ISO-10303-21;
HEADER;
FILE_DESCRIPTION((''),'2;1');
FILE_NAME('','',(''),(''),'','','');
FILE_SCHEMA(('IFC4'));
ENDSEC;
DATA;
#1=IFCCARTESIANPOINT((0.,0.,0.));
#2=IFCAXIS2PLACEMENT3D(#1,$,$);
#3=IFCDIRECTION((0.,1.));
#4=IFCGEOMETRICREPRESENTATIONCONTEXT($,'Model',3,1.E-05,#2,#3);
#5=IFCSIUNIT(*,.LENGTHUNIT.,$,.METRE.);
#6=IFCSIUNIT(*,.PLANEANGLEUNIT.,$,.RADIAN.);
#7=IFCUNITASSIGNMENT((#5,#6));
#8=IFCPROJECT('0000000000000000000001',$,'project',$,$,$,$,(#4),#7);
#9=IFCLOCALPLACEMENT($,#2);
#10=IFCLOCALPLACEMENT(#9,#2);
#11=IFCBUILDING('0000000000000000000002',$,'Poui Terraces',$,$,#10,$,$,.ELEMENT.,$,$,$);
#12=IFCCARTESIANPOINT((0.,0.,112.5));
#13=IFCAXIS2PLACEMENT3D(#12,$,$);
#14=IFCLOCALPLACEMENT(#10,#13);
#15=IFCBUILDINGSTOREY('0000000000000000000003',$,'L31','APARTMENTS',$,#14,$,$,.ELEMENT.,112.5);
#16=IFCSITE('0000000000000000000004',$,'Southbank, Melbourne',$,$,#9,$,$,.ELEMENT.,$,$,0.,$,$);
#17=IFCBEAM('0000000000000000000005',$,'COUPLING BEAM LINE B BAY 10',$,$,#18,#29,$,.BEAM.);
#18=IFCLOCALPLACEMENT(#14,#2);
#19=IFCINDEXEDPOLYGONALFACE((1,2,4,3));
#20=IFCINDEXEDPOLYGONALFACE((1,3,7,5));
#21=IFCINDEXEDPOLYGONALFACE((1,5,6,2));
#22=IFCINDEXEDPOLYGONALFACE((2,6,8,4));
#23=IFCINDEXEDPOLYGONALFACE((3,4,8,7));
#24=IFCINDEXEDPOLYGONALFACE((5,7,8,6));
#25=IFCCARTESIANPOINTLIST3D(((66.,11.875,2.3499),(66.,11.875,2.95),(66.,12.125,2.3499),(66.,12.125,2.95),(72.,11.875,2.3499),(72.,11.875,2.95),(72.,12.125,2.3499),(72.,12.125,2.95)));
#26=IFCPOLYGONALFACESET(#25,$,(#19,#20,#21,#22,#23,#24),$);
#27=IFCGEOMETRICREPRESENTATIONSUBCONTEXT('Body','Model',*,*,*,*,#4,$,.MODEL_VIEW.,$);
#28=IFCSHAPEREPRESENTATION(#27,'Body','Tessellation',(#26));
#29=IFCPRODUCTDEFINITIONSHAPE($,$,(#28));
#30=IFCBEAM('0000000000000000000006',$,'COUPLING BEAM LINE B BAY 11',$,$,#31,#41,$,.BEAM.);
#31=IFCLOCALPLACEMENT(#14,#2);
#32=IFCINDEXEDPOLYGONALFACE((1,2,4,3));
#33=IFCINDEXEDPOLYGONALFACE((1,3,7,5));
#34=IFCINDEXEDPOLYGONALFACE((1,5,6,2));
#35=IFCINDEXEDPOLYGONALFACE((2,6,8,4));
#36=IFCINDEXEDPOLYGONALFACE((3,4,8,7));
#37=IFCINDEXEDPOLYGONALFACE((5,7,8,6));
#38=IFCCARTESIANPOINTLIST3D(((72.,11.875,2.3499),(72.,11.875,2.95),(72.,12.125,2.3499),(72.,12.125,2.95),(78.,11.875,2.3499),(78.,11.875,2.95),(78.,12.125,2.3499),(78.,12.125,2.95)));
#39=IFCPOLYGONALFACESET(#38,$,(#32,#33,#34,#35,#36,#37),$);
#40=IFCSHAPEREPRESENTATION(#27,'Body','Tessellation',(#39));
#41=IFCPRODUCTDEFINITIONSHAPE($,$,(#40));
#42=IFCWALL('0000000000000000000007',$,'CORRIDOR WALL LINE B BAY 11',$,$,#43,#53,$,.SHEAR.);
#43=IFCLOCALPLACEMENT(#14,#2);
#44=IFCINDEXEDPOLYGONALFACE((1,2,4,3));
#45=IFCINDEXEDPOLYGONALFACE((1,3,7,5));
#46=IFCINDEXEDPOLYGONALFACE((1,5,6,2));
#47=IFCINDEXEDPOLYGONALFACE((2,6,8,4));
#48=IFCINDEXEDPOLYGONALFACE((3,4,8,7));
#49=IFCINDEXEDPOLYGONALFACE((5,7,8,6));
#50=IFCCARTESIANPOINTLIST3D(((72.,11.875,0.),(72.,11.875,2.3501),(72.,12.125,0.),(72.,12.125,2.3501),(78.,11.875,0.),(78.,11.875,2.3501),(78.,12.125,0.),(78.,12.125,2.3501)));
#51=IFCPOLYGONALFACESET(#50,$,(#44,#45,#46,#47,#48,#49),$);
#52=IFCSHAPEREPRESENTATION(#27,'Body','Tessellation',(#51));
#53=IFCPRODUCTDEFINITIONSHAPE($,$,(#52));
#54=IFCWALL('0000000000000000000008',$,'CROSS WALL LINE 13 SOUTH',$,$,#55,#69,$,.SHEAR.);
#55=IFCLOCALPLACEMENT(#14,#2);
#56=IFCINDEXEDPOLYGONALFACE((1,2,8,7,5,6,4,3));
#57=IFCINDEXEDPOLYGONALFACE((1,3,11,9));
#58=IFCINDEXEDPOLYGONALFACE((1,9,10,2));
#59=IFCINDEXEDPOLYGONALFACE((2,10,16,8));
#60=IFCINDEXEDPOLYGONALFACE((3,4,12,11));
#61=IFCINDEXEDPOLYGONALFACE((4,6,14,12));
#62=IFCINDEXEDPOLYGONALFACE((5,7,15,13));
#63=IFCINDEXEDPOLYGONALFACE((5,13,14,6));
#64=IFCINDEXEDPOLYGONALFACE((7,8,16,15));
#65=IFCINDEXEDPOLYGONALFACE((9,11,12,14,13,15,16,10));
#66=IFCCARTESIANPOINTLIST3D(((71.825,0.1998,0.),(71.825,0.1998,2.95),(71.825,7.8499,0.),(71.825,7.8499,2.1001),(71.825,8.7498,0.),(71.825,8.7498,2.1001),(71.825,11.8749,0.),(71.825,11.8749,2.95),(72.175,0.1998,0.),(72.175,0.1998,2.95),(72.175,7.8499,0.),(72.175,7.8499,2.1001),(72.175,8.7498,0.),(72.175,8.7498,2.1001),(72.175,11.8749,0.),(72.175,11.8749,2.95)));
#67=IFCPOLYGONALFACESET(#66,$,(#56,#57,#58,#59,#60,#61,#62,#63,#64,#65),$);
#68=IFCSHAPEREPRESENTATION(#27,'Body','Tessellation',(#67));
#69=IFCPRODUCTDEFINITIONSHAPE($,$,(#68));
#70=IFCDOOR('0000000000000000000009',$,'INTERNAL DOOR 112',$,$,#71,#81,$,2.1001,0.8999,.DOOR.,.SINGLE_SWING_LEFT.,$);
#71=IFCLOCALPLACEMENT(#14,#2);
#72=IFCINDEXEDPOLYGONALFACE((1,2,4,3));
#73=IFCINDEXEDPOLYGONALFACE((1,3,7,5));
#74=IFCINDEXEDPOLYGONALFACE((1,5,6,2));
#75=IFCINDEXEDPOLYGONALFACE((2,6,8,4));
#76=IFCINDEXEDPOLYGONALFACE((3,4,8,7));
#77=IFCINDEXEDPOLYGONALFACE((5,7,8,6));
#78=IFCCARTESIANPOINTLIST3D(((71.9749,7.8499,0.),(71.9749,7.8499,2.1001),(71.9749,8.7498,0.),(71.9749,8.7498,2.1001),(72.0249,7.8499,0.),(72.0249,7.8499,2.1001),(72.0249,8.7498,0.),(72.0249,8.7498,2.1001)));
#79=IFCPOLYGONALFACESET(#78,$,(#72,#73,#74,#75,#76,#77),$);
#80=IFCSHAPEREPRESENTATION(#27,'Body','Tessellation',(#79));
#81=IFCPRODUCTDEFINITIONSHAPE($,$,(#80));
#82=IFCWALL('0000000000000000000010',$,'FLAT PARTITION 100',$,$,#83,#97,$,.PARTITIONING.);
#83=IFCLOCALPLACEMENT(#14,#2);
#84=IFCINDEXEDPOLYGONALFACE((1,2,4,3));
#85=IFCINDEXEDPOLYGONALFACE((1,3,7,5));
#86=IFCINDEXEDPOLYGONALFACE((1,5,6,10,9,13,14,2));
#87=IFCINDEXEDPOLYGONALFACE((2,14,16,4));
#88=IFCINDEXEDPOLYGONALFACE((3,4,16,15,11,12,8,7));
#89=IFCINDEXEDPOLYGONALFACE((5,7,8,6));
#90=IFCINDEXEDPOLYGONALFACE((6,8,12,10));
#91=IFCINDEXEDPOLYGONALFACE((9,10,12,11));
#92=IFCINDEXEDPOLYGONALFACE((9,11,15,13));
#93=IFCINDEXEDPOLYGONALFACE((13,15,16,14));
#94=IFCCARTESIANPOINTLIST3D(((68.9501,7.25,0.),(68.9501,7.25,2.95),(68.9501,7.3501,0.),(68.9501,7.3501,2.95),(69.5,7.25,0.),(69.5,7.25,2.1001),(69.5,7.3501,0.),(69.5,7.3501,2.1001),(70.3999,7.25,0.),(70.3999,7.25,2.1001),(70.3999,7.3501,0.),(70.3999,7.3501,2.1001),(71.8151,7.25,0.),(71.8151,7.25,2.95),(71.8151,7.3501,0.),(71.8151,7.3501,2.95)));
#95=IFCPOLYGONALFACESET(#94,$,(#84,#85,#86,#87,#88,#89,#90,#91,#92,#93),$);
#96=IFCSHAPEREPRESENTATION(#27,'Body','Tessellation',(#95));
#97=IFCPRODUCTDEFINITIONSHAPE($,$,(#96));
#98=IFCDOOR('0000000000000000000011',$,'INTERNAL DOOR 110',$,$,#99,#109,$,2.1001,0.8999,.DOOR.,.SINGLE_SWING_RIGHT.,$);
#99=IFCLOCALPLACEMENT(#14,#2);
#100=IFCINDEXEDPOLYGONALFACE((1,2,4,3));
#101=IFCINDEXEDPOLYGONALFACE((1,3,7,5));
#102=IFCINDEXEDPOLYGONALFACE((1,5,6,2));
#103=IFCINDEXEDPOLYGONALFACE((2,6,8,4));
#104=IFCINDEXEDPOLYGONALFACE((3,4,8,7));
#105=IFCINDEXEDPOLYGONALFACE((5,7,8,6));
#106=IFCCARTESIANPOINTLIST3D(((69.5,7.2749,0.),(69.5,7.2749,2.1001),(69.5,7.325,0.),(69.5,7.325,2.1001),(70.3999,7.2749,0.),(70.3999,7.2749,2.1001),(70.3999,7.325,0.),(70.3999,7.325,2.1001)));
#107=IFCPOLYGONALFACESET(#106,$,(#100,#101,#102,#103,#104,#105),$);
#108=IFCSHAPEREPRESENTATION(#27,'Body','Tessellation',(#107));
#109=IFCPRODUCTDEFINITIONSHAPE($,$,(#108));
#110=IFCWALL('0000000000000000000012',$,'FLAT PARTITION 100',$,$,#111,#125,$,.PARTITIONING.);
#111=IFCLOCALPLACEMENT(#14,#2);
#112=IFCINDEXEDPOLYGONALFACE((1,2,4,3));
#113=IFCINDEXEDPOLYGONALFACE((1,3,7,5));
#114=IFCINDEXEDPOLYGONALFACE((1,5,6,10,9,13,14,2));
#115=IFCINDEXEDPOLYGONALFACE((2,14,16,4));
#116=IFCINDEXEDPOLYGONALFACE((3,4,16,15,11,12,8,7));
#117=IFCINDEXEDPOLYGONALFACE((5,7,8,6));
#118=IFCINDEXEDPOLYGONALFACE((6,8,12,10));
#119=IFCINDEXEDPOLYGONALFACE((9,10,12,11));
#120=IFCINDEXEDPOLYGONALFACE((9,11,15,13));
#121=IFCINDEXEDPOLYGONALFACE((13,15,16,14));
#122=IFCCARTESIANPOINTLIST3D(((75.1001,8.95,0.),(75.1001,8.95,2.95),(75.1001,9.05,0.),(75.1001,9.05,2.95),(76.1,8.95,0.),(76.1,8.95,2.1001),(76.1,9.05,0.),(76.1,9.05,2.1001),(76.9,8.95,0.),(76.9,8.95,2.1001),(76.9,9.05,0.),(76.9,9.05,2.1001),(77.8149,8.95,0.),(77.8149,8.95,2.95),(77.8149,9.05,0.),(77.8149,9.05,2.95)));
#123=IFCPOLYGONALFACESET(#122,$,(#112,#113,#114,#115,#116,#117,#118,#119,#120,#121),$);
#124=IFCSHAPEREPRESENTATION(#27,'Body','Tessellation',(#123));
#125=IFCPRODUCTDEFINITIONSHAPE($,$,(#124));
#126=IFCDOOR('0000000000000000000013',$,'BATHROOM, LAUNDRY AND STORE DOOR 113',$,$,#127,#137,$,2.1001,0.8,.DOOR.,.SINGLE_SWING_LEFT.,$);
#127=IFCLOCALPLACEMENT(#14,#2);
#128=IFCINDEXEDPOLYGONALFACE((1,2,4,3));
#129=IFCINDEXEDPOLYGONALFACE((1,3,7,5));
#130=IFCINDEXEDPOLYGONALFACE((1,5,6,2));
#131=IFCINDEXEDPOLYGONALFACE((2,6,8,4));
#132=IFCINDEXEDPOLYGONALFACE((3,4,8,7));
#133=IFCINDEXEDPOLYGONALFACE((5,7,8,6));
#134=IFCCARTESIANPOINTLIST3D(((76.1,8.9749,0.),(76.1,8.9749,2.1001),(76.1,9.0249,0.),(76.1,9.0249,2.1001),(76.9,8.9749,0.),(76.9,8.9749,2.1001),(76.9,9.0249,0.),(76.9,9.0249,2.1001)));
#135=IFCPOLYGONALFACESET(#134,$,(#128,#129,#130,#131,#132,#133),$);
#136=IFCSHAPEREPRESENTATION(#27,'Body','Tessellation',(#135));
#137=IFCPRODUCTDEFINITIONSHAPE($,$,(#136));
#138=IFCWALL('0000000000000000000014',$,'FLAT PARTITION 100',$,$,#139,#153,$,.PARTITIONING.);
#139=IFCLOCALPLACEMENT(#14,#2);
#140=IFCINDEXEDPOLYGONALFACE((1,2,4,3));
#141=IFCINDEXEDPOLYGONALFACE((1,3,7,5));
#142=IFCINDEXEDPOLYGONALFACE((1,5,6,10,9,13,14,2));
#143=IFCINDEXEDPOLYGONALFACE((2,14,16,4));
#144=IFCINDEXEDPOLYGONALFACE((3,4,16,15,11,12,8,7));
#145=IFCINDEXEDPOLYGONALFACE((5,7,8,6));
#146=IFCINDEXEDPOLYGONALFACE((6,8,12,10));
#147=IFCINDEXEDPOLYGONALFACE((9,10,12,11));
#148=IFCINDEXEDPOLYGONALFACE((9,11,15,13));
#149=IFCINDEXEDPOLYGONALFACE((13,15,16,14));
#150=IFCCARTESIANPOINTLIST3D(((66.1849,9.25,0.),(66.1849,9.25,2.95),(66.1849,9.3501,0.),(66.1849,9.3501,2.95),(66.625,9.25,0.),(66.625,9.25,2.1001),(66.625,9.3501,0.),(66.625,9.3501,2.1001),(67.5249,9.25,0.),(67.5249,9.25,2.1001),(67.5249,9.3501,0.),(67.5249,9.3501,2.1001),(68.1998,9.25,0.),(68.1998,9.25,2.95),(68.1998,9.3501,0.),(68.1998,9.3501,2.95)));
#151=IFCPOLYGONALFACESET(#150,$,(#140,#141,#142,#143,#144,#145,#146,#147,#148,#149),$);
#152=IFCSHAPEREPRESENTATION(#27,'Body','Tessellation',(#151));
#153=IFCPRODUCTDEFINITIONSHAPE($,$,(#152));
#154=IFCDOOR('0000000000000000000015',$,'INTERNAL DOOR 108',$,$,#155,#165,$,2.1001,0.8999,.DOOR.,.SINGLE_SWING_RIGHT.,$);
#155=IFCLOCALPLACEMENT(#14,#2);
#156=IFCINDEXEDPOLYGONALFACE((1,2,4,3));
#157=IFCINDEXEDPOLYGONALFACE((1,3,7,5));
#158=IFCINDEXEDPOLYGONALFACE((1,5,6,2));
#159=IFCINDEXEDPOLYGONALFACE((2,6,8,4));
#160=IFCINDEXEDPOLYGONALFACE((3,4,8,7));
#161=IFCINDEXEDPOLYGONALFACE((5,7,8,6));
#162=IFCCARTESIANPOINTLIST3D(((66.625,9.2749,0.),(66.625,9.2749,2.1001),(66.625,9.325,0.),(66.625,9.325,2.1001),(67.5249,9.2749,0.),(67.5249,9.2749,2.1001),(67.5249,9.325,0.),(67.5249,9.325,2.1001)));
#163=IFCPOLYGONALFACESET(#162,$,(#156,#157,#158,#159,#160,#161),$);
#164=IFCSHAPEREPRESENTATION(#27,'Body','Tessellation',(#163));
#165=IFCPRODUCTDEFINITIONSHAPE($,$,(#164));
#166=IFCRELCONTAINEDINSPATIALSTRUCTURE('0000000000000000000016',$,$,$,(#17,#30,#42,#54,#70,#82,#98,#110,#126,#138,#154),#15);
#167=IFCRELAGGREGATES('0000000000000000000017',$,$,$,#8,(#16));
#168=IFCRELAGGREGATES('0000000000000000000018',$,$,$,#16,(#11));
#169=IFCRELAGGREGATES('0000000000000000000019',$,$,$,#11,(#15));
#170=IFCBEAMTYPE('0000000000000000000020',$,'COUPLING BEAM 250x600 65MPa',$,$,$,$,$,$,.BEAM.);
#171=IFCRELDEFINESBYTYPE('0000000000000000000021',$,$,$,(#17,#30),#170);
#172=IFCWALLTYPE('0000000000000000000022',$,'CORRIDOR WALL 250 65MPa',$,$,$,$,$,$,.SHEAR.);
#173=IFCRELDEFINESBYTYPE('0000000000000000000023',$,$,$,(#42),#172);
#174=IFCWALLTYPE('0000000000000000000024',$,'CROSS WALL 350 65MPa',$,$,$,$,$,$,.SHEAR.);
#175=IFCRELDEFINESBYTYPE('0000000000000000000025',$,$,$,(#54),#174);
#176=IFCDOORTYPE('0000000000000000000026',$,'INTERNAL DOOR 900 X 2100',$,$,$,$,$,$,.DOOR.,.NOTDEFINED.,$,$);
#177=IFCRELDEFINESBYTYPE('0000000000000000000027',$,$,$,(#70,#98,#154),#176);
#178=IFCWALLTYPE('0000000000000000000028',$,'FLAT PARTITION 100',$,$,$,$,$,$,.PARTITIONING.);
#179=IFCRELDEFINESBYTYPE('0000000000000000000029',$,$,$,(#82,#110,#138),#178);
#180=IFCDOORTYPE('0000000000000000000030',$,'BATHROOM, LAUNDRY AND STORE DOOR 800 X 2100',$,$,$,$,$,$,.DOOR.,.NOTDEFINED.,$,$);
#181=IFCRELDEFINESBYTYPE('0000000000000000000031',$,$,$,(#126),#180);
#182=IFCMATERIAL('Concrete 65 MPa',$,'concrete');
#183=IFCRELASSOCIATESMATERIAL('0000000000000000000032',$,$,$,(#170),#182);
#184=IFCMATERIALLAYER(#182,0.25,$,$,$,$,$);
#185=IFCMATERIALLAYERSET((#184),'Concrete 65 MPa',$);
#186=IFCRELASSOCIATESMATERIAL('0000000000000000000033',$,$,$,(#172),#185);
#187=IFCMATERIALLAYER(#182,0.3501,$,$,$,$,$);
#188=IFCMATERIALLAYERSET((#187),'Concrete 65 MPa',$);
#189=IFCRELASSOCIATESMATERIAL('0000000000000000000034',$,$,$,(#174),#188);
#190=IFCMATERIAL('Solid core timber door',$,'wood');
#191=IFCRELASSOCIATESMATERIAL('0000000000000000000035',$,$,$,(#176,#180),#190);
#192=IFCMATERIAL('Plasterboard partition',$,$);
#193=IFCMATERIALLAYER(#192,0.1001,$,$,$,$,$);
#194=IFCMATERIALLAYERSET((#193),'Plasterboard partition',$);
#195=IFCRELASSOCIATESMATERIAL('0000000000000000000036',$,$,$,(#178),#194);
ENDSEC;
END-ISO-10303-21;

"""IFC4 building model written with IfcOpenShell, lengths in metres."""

from ifc_helpers import new_model, si_unit, direction, frame, frame_2d, origin, origin_2d, place, context, subcontext, project, spatial, rectangle, extrude, source, transform, mapped, material, layer, layer_set, material_profile, profile_set, type_object, element, fill, save


model = new_model("IFC4")

# Units and contexts
model_context = context("Model", 3, precision=1e-05, world=origin(), true_north=direction((0.0, 1.0)))
body_context = subcontext(model_context, "Body", "Model", "MODEL_VIEW")
ifc_project = project(units=[si_unit("LENGTHUNIT", "METRE"), si_unit("PLANEANGLEUNIT", "RADIAN")], contexts=[model_context])

# Site, building, storey
site_placement = place(None, origin())
site = spatial("IfcSite", under=ifc_project, at=site_placement, Name="Southbank, Melbourne", CompositionType="ELEMENT", RefElevation=0.0)
building_placement = place(site_placement, origin())
building = spatial("IfcBuilding", under=site, at=building_placement, Name="Poui Terraces", CompositionType="ELEMENT")
storey_placement = place(building_placement, frame((0.0, 0.0, 112.5)))
storey = spatial("IfcBuildingStorey", under=building, at=storey_placement, Name="L31", Description="APARTMENTS", CompositionType="ELEMENT", Elevation=112.5)

# Beams
ifc_material_1 = material(Name="Concrete 65 MPa", Category="concrete")
ifc_material_profile = material_profile(ifc_material_1, rectangle(XDim=0.25, YDim=0.6001, at=origin_2d()), Name="RC 250x600")
ifc_profile_set = profile_set([ifc_material_profile], Name="Concrete 65 MPa")
beam_type = type_object("IfcBeamType", Name="COUPLING BEAM 250x600 65MPa", PredefinedType="BEAM", material=ifc_profile_set)
shared_shape = source(origin(), body_context, "Body", "SweptSolid", [
    extrude(rectangle(XDim=0.25, YDim=0.6001, at=origin_2d()), origin(), (0.0, 0.0, 1.0), 6.0),
])
for number, where, z_axis, x_axis, name in (
    (1, (66.0, 12.0, 2.6499), (1.0, 0.0, 0.0), (0.0, 1.0, 0.0), "COUPLING BEAM LINE B BAY 10"),
    (2, (72.0, 12.0, 2.6499), (1.0, 0.0, 0.0), (0.0, 1.0, 0.0), "COUPLING BEAM LINE B BAY 11"),
):
    element("IfcBeam", number, at=place(storey_placement, frame(where, z_axis=z_axis, x_axis=x_axis)), inside=storey, type_object=beam_type, Name=name, PredefinedType="BEAM", context=body_context, shape_type="MappedRepresentation", body=[
        mapped(shared_shape, transform((0.0, 0.0, 0.0))),
    ])

# Wall
ifc_layer_1 = layer(ifc_material_1, 0.25)
ifc_layer_set_1 = layer_set([ifc_layer_1], Name="Concrete 65 MPa")
wall_type_1 = type_object("IfcWallType", Name="CORRIDOR WALL 250 65MPa", PredefinedType="SHEAR", material=ifc_layer_set_1)
wall_1_placement = place(storey_placement, frame((72.0, 12.0, 0.0), z_axis=(0.0, 0.0, 1.0), x_axis=(1.0, 0.0, 0.0)))
element("IfcWall", 3, at=wall_1_placement, inside=storey, type_object=wall_type_1, Name="CORRIDOR WALL LINE B BAY 11", PredefinedType="SHEAR", context=body_context, shape_type="SweptSolid", body=[
    extrude(rectangle(XDim=6.0, YDim=0.25, at=frame_2d((3.0, 0.0))), origin(), (0.0, 0.0, 1.0), 2.3501),
])

# Walls, openings, doors
ifc_layer_2 = layer(ifc_material_1, 0.3501)
ifc_layer_set_2 = layer_set([ifc_layer_2], Name="Concrete 65 MPa")
wall_type_2 = type_object("IfcWallType", Name="CROSS WALL 350 65MPa", PredefinedType="SHEAR", material=ifc_layer_set_2)
wall_2_placement = place(storey_placement, frame((72.0, 0.2, 0.0), z_axis=(0.0, 0.0, 1.0), x_axis=(0.0, 1.0, 0.0)))
wall_2 = element("IfcWall", 4, at=wall_2_placement, inside=storey, type_object=wall_type_2, Name="CROSS WALL LINE 13 SOUTH", PredefinedType="SHEAR", context=body_context, shape_type="SweptSolid", body=[
    extrude(rectangle(XDim=11.675, YDim=0.3501, at=frame_2d((5.8374, 0.0))), origin(), (0.0, 0.0, 1.0), 2.95),
])
opening_1_placement = place(wall_2_placement, frame((7.6499, 0.0, 0.0)))
opening_1 = element("IfcOpeningElement", 5, at=opening_1_placement, cuts=wall_2, PredefinedType="OPENING", context=body_context, shape_type="SweptSolid", body=[
    extrude(rectangle(XDim=0.8999, YDim=2.1001, at=frame_2d((0.45, 1.05))), frame((0.0, 0.1851, 0.0), z_axis=(0.0, -1.0, 0.0), x_axis=(1.0, 0.0, 0.0)), (0.0, 0.0, 1.0), 0.3701),
])
ifc_material_2 = material(Name="Solid core timber door", Category="wood")
door_type_1 = type_object("IfcDoorType", Name="INTERNAL DOOR 900 X 2100", OperationType="NOTDEFINED", PredefinedType="DOOR", material=ifc_material_2)
door_1_placement = place(opening_1_placement, frame((0.8999, 0.0, 0.0), z_axis=(0.0, 0.0, 1.0), x_axis=(-1.0, 0.0, 0.0)))
door_1 = element("IfcDoor", 6, at=door_1_placement, inside=storey, type_object=door_type_1, Name="INTERNAL DOOR 112", OperationType="SINGLE_SWING_LEFT", OverallHeight=2.1001, OverallWidth=0.8999, PredefinedType="DOOR", context=body_context, shape_type="SweptSolid", body=[
    extrude(rectangle(XDim=0.8999, YDim=2.1001, at=frame_2d((0.45, 1.05))), frame((0.0, 0.0249, 0.0), z_axis=(0.0, -1.0, 0.0), x_axis=(1.0, 0.0, 0.0)), (0.0, 0.0, 1.0), 0.05),
])
fill(opening_1, door_1)
ifc_material_3 = material(Name="Plasterboard partition")
ifc_layer_3 = layer(ifc_material_3, 0.1001)
ifc_layer_set_3 = layer_set([ifc_layer_3], Name="Plasterboard partition")
wall_type_3 = type_object("IfcWallType", Name="FLAT PARTITION 100", PredefinedType="PARTITIONING", material=ifc_layer_set_3)
wall_3_placement = place(storey_placement, frame((68.95, 7.3, 0.0), z_axis=(0.0, 0.0, 1.0), x_axis=(1.0, 0.0, 0.0)))
wall_3 = element("IfcWall", 7, at=wall_3_placement, inside=storey, type_object=wall_type_3, Name="FLAT PARTITION 100", PredefinedType="PARTITIONING", context=body_context, shape_type="SweptSolid", body=[
    extrude(rectangle(XDim=2.865, YDim=0.1001, at=frame_2d((1.4326, 0.0))), origin(), (0.0, 0.0, 1.0), 2.95),
])
opening_2_placement = place(wall_3_placement, frame((0.55, 0.0, 0.0)))
opening_2 = element("IfcOpeningElement", 8, at=opening_2_placement, cuts=wall_3, PredefinedType="OPENING", context=body_context, shape_type="SweptSolid", body=[
    extrude(rectangle(XDim=0.8999, YDim=2.1001, at=frame_2d((0.45, 1.05))), frame((0.0, 0.0601, 0.0), z_axis=(0.0, -1.0, 0.0), x_axis=(1.0, 0.0, 0.0)), (0.0, 0.0, 1.0), 0.1201),
])
door_2_placement = place(opening_2_placement, origin())
door_2 = element("IfcDoor", 9, at=door_2_placement, inside=storey, type_object=door_type_1, Name="INTERNAL DOOR 110", OperationType="SINGLE_SWING_RIGHT", OverallHeight=2.1001, OverallWidth=0.8999, PredefinedType="DOOR", context=body_context, shape_type="SweptSolid", body=[
    extrude(rectangle(XDim=0.8999, YDim=2.1001, at=frame_2d((0.45, 1.05))), frame((0.0, 0.0249, 0.0), z_axis=(0.0, -1.0, 0.0), x_axis=(1.0, 0.0, 0.0)), (0.0, 0.0, 1.0), 0.05),
])
fill(opening_2, door_2)
wall_4_placement = place(storey_placement, frame((75.1001, 9.0, 0.0), z_axis=(0.0, 0.0, 1.0), x_axis=(1.0, 0.0, 0.0)))
wall_4 = element("IfcWall", 10, at=wall_4_placement, inside=storey, type_object=wall_type_3, Name="FLAT PARTITION 100", PredefinedType="PARTITIONING", context=body_context, shape_type="SweptSolid", body=[
    extrude(rectangle(XDim=2.7148, YDim=0.1001, at=frame_2d((1.3574, 0.0))), origin(), (0.0, 0.0, 1.0), 2.95),
])
opening_3_placement = place(wall_4_placement, frame((1.0, 0.0, 0.0)))
opening_3 = element("IfcOpeningElement", 11, at=opening_3_placement, cuts=wall_4, PredefinedType="OPENING", context=body_context, shape_type="SweptSolid", body=[
    extrude(rectangle(XDim=0.8, YDim=2.1001, at=frame_2d((0.3999, 1.05))), frame((0.0, 0.0601, 0.0), z_axis=(0.0, -1.0, 0.0), x_axis=(1.0, 0.0, 0.0)), (0.0, 0.0, 1.0), 0.1201),
])
door_type_2 = type_object("IfcDoorType", Name="BATHROOM, LAUNDRY AND STORE DOOR 800 X 2100", OperationType="NOTDEFINED", PredefinedType="DOOR", material=ifc_material_2)
door_3_placement = place(opening_3_placement, origin())
door_3 = element("IfcDoor", 12, at=door_3_placement, inside=storey, type_object=door_type_2, Name="BATHROOM, LAUNDRY AND STORE DOOR 113", OperationType="SINGLE_SWING_LEFT", OverallHeight=2.1001, OverallWidth=0.8, PredefinedType="DOOR", context=body_context, shape_type="SweptSolid", body=[
    extrude(rectangle(XDim=0.8, YDim=2.1001, at=frame_2d((0.3999, 1.05))), frame((0.0, 0.0249, 0.0), z_axis=(0.0, -1.0, 0.0), x_axis=(1.0, 0.0, 0.0)), (0.0, 0.0, 1.0), 0.05),
])
fill(opening_3, door_3)
wall_5_placement = place(storey_placement, frame((66.1851, 9.3, 0.0), z_axis=(0.0, 0.0, 1.0), x_axis=(1.0, 0.0, 0.0)))
wall_5 = element("IfcWall", 13, at=wall_5_placement, inside=storey, type_object=wall_type_3, Name="FLAT PARTITION 100", PredefinedType="PARTITIONING", context=body_context, shape_type="SweptSolid", body=[
    extrude(rectangle(XDim=2.0149, YDim=0.1001, at=frame_2d((1.0073, 0.0))), origin(), (0.0, 0.0, 1.0), 2.95),
])
opening_4_placement = place(wall_5_placement, frame((0.4399, 0.0, 0.0)))
opening_4 = element("IfcOpeningElement", 14, at=opening_4_placement, cuts=wall_5, PredefinedType="OPENING", context=body_context, shape_type="SweptSolid", body=[
    extrude(rectangle(XDim=0.8999, YDim=2.1001, at=frame_2d((0.45, 1.05))), frame((0.0, 0.0601, 0.0), z_axis=(0.0, -1.0, 0.0), x_axis=(1.0, 0.0, 0.0)), (0.0, 0.0, 1.0), 0.1201),
])
door_4_placement = place(opening_4_placement, origin())
door_4 = element("IfcDoor", 15, at=door_4_placement, inside=storey, type_object=door_type_1, Name="INTERNAL DOOR 108", OperationType="SINGLE_SWING_RIGHT", OverallHeight=2.1001, OverallWidth=0.8999, PredefinedType="DOOR", context=body_context, shape_type="SweptSolid", body=[
    extrude(rectangle(XDim=0.8999, YDim=2.1001, at=frame_2d((0.45, 1.05))), frame((0.0, 0.0249, 0.0), z_axis=(0.0, -1.0, 0.0), x_axis=(1.0, 0.0, 0.0)), (0.0, 0.0, 1.0), 0.05),
])
fill(opening_4, door_4)

save(model, "model.ifc")
